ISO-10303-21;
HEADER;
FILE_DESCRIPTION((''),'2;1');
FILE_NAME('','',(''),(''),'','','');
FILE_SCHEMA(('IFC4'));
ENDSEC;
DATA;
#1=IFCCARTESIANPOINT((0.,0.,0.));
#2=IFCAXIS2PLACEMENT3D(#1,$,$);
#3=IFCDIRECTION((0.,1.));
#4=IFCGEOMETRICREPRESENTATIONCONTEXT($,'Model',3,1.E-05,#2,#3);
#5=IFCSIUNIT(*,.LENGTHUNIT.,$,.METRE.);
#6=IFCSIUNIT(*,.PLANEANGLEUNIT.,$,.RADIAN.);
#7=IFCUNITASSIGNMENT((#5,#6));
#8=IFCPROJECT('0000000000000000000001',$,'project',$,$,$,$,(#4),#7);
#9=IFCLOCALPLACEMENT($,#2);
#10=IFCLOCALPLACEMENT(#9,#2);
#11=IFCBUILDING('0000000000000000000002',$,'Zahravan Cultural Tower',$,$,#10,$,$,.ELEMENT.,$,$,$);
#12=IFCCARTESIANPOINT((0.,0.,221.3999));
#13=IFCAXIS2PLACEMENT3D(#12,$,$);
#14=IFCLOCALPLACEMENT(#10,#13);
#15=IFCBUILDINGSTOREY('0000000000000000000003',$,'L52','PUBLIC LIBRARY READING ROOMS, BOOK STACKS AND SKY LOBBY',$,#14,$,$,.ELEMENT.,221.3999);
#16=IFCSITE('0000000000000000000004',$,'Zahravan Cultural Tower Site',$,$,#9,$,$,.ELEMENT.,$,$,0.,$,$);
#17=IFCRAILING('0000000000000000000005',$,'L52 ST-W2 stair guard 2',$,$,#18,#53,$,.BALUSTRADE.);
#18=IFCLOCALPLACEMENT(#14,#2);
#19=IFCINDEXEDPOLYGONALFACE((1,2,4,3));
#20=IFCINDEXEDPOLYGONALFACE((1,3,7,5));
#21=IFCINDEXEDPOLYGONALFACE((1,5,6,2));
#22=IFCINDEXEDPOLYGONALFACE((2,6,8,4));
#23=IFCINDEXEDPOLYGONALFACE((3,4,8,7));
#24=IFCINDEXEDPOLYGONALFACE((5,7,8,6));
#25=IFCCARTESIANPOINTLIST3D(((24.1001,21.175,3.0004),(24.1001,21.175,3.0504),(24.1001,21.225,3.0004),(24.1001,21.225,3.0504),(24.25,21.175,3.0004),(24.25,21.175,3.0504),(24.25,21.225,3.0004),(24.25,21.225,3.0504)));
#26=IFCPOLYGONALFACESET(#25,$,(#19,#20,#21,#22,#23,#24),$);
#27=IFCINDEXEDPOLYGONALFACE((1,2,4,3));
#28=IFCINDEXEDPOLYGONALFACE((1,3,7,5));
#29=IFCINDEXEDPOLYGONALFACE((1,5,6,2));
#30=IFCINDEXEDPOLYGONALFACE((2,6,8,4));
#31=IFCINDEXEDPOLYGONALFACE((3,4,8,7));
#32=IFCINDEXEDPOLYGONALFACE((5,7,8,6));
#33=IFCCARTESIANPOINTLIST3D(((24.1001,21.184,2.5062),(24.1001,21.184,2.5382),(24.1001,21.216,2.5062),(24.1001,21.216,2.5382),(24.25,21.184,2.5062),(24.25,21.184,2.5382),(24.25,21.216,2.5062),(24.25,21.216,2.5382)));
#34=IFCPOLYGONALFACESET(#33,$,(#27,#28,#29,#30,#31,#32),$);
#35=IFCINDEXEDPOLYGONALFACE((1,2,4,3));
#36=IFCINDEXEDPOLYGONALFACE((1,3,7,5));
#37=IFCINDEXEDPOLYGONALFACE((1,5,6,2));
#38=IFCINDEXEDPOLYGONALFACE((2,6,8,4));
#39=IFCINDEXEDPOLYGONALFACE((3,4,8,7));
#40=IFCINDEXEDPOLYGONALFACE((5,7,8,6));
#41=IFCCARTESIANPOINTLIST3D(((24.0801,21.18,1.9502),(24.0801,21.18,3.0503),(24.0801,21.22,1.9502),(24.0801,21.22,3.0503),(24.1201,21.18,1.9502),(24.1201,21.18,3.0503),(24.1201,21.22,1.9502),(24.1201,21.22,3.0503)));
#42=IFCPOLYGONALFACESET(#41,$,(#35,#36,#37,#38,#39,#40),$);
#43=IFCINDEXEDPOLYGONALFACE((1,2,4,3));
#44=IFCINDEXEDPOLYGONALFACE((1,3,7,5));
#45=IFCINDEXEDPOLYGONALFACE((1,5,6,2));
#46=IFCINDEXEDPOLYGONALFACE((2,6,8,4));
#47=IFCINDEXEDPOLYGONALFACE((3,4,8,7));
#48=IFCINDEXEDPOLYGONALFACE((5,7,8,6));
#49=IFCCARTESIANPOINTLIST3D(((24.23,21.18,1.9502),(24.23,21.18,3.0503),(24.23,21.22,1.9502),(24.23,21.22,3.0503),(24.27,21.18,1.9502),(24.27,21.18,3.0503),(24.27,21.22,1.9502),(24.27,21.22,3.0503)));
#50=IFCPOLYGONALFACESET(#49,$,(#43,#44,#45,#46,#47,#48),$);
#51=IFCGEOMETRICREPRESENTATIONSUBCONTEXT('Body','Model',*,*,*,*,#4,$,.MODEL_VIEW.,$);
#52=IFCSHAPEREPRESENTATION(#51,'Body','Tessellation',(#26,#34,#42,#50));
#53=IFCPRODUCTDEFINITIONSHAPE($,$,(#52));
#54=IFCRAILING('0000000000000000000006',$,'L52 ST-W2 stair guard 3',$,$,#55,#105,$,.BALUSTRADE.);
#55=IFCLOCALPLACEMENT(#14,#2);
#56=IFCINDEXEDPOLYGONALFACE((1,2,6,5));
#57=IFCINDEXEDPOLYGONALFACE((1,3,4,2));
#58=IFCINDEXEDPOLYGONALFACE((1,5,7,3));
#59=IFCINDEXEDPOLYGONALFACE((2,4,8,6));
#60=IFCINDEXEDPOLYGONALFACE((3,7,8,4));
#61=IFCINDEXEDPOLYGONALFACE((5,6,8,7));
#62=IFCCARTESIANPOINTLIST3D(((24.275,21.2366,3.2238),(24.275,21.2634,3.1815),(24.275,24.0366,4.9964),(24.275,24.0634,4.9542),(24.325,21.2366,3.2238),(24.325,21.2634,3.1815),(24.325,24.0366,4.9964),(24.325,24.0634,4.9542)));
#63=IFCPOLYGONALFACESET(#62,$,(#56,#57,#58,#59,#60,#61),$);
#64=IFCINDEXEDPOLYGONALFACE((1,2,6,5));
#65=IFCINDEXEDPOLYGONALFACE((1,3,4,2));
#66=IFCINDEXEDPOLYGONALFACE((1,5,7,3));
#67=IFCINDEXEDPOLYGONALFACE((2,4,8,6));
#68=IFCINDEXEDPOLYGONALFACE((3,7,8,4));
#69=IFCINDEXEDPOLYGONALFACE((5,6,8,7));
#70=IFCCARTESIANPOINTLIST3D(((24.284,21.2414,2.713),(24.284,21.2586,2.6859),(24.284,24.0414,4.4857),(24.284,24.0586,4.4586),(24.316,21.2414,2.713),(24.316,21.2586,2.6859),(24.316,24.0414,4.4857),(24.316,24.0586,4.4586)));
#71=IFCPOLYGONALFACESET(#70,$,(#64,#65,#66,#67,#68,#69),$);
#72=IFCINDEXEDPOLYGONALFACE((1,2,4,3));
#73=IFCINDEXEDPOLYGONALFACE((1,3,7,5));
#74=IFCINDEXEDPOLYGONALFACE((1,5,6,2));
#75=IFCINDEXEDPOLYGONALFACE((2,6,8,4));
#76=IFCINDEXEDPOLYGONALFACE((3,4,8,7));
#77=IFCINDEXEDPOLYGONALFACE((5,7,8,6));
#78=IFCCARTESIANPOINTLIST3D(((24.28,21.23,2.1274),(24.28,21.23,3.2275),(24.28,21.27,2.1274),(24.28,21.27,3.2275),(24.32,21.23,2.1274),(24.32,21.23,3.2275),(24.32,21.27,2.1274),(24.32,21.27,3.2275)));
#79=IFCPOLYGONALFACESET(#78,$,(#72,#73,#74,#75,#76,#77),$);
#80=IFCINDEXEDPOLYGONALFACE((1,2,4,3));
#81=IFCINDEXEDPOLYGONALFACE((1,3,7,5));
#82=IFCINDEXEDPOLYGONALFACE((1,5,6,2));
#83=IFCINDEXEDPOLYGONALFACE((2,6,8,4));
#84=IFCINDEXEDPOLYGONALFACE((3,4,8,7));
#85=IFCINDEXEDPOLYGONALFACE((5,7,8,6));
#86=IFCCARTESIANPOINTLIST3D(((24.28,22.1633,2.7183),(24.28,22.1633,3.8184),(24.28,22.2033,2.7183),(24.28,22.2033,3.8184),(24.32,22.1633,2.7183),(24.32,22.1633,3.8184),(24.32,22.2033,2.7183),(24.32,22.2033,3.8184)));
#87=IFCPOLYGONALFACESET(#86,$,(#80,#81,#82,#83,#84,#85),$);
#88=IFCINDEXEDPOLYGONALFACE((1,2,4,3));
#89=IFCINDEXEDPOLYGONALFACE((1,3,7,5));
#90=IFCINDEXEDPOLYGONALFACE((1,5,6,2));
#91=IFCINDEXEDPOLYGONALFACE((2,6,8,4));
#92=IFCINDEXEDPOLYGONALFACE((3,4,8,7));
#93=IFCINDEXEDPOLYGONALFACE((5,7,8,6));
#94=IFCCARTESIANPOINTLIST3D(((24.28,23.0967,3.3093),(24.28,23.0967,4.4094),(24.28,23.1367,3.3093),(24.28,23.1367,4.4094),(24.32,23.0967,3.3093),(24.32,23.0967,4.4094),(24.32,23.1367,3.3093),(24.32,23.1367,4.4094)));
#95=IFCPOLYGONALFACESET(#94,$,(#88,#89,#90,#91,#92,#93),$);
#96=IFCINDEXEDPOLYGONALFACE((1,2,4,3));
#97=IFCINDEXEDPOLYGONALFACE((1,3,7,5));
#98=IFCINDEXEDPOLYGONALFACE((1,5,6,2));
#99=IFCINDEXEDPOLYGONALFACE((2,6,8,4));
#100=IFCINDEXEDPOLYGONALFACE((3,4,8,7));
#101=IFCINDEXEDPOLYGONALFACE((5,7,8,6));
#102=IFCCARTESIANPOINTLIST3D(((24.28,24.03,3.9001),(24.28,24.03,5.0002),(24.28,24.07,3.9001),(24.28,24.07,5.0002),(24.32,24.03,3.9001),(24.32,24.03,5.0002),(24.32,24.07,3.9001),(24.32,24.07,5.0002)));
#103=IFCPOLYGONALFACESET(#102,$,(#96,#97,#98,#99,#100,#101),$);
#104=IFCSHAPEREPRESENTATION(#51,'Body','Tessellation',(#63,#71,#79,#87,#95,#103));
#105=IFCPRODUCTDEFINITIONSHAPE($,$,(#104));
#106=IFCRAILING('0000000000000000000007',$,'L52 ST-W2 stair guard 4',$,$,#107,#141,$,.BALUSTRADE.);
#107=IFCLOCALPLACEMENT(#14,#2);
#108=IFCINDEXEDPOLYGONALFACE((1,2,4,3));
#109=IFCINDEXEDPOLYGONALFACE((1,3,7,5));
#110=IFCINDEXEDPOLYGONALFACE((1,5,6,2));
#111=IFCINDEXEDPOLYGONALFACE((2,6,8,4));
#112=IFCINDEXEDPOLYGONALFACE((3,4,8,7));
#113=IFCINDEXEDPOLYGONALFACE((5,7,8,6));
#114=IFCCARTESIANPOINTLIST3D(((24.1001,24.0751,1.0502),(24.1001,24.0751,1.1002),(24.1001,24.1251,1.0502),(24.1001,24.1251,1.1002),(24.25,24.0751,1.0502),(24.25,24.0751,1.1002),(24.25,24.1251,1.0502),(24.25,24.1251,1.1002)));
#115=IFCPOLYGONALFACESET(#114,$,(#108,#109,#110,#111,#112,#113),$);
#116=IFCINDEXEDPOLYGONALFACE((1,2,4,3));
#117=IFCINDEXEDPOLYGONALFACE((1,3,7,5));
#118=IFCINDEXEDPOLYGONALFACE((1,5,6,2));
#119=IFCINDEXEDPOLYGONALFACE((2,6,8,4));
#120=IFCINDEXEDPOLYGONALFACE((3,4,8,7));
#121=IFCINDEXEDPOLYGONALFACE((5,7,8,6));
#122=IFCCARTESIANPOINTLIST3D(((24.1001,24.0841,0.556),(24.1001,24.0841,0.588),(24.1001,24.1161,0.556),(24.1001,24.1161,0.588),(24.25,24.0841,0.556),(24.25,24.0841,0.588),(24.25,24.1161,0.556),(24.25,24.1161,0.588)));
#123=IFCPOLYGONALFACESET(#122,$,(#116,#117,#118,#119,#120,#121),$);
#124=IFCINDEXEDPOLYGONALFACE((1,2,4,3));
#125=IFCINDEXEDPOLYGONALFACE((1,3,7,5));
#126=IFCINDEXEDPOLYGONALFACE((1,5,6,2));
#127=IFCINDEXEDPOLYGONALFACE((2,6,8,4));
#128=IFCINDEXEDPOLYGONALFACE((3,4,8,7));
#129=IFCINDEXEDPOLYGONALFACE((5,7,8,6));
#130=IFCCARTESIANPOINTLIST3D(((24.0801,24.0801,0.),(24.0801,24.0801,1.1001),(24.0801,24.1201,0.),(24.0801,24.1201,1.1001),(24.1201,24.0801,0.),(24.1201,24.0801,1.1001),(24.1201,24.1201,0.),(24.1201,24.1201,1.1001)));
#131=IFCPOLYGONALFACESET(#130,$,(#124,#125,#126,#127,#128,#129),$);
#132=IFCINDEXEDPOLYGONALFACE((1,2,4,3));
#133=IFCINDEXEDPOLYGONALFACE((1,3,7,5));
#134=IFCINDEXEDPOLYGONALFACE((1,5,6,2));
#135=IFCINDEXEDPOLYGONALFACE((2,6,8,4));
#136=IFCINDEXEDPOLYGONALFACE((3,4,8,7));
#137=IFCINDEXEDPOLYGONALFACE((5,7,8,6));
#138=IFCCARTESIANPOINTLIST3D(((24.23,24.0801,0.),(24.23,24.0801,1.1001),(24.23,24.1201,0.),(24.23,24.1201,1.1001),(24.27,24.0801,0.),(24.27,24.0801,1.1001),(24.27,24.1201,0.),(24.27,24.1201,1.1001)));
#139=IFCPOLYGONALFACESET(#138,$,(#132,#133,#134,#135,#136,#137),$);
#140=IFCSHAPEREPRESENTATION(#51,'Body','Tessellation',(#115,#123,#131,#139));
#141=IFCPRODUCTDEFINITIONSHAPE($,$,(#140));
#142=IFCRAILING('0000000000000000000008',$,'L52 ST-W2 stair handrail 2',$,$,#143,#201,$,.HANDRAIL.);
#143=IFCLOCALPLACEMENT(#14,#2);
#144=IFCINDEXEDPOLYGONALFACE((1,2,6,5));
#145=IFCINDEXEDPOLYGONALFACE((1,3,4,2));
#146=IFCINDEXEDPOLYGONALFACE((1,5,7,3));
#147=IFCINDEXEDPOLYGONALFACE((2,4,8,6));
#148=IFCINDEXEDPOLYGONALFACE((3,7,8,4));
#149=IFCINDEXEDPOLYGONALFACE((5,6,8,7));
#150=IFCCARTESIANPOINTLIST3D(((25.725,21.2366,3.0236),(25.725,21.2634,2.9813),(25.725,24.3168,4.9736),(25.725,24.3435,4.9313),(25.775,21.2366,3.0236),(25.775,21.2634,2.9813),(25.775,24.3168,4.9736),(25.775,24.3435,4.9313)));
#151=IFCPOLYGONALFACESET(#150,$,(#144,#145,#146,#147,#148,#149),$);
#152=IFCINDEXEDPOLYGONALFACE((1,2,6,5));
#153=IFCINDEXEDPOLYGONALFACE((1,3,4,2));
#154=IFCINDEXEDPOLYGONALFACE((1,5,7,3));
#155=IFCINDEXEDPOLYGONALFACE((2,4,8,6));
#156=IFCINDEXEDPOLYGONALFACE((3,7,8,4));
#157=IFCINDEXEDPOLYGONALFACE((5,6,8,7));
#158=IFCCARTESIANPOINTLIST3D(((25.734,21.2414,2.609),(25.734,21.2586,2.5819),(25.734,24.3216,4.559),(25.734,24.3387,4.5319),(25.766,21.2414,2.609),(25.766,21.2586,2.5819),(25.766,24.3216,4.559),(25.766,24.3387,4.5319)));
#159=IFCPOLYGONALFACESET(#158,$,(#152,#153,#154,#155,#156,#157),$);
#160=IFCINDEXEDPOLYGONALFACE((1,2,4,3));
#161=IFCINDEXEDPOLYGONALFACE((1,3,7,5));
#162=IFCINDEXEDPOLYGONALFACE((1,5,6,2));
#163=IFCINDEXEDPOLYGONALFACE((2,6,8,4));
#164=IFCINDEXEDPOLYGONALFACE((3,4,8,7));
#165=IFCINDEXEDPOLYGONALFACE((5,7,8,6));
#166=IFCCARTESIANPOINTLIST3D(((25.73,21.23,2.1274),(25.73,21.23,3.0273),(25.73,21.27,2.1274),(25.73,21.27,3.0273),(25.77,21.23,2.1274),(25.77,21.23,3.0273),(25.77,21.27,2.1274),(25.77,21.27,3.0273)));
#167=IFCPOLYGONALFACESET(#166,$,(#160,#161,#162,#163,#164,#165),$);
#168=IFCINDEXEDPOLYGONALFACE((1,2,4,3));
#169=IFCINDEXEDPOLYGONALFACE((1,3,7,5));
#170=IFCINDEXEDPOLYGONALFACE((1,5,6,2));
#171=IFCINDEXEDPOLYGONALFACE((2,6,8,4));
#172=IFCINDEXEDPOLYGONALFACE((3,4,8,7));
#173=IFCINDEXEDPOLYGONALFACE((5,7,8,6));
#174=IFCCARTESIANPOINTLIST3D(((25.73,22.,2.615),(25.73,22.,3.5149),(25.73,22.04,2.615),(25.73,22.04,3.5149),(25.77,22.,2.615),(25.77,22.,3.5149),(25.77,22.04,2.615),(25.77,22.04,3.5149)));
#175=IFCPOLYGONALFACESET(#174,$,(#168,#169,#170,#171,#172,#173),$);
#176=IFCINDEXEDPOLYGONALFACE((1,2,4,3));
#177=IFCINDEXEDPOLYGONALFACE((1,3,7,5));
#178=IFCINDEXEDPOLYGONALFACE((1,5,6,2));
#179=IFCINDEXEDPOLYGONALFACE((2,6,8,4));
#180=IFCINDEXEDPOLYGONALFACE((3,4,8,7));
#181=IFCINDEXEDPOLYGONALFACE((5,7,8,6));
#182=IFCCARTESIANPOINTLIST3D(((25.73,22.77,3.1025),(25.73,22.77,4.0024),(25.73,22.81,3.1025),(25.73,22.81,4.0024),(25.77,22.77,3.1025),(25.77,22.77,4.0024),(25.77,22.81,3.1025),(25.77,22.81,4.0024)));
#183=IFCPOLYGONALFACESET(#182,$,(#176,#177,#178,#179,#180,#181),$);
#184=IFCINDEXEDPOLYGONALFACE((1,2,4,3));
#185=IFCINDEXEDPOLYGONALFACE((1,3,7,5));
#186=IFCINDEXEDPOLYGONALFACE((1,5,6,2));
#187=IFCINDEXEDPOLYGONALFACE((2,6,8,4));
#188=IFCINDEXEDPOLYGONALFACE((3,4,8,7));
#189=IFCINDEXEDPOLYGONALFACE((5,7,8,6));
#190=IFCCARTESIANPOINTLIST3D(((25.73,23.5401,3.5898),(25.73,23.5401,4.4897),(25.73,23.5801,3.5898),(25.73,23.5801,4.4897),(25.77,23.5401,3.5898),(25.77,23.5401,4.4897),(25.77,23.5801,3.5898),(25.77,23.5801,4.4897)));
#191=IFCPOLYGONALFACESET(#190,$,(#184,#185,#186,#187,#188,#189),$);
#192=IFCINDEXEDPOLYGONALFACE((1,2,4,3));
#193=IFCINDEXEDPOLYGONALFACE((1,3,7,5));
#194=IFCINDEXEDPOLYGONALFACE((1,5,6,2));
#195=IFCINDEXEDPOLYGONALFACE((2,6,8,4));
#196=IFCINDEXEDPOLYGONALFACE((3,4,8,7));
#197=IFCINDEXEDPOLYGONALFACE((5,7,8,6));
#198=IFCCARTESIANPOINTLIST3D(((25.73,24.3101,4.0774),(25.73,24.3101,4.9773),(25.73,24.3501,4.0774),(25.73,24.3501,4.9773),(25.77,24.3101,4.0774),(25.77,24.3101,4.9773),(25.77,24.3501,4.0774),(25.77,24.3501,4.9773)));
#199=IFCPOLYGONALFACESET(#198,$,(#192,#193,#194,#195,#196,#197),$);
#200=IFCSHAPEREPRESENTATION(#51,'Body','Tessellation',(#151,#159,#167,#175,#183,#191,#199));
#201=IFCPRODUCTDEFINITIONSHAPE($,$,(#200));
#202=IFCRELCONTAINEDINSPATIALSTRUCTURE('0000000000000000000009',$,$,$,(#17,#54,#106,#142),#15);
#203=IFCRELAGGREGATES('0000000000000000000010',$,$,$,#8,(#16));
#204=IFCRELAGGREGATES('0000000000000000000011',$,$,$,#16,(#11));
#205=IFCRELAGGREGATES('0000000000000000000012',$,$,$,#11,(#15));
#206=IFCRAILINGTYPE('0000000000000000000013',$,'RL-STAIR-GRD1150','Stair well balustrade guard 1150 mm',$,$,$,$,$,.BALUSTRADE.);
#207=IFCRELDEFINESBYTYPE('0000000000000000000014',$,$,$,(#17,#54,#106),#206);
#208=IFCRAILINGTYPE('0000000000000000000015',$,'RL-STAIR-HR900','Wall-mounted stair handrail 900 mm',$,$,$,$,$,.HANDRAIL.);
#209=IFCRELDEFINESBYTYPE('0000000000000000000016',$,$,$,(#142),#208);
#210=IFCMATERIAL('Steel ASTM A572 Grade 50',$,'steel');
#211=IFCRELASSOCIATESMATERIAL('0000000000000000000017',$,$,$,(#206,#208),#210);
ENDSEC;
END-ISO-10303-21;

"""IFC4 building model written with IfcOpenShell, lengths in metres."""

from ifc_helpers import new_model, si_unit, direction, frame, origin, origin_2d, place, context, subcontext, project, spatial, rectangle, extrude, material, type_object, element, save


model = new_model("IFC4")

# Units and contexts
model_context = context("Model", 3, precision=1e-05, world=origin(), true_north=direction((0.0, 1.0)))
body_context = subcontext(model_context, "Body", "Model", "MODEL_VIEW")
ifc_project = project(units=[si_unit("LENGTHUNIT", "METRE"), si_unit("PLANEANGLEUNIT", "RADIAN")], contexts=[model_context])

# Site, building, storey
site_placement = place(None, origin())
site = spatial("IfcSite", under=ifc_project, at=site_placement, Name="Zahravan Cultural Tower Site", CompositionType="ELEMENT", RefElevation=0.0)
building_placement = place(site_placement, origin())
building = spatial("IfcBuilding", under=site, at=building_placement, Name="Zahravan Cultural Tower", CompositionType="ELEMENT")
storey_placement = place(building_placement, frame((0.0, 0.0, 221.3999)))
storey = spatial("IfcBuildingStorey", under=building, at=storey_placement, Name="L52", Description="PUBLIC LIBRARY READING ROOMS, BOOK STACKS AND SKY LOBBY", CompositionType="ELEMENT", Elevation=221.3999)

# Shared definitions
ifc_material_1 = material(Name="Steel ASTM A572 Grade 50", Category="steel")

# Railings
railing_type_1 = type_object("IfcRailingType", Name="RL-STAIR-GRD1150", Description="Stair well balustrade guard 1150 mm", PredefinedType="BALUSTRADE", material=ifc_material_1)
railing_1_placement = place(storey_placement, frame((24.1001, 21.2, 1.9502)))
element("IfcRailing", 1, at=railing_1_placement, inside=storey, type_object=railing_type_1, Name="L52 ST-W2 stair guard 2", PredefinedType="BALUSTRADE", context=body_context, shape_type="SweptSolid", body=[
    extrude(rectangle(XDim=0.05, YDim=0.05, at=origin_2d()), frame((0.0, 0.0, 1.0752), z_axis=(1.0, 0.0, 0.0), x_axis=(0.0, 1.0, 0.0)), (0.0, 0.0, 1.0), 0.1499),
    extrude(rectangle(XDim=0.032, YDim=0.032, at=origin_2d()), frame((0.0, 0.0, 0.572), z_axis=(1.0, 0.0, 0.0), x_axis=(0.0, 1.0, 0.0)), (0.0, 0.0, 1.0), 0.1499),
    extrude(rectangle(XDim=0.04, YDim=0.04, at=origin_2d()), origin(), (0.0, 0.0, 1.0), 1.1001),
    extrude(rectangle(XDim=0.04, YDim=0.04, at=origin_2d()), frame((0.1499, 0.0, 0.0)), (0.0, 0.0, 1.0), 1.1001),
])
railing_2_placement = place(storey_placement, frame((24.3, 21.25, 2.1274)))
element("IfcRailing", 2, at=railing_2_placement, inside=storey, type_object=railing_type_1, Name="L52 ST-W2 stair guard 3", PredefinedType="BALUSTRADE", context=body_context, shape_type="SweptSolid", body=[
    extrude(rectangle(XDim=0.05, YDim=0.05, at=origin_2d()), frame((0.0, 0.0, 1.0752), z_axis=(0.0, 0.844909, 0.53491), x_axis=(-1.0, 0.0, 0.0)), (0.0, 0.0, 1.0), 3.314),
    extrude(rectangle(XDim=0.032, YDim=0.032, at=origin_2d()), frame((0.0, 0.0, 0.572), z_axis=(0.0, 0.844909, 0.53491), x_axis=(-1.0, 0.0, 0.0)), (0.0, 0.0, 1.0), 3.314),
    extrude(rectangle(XDim=0.04, YDim=0.04, at=origin_2d()), origin(), (0.0, 0.0, 1.0), 1.1001),
    extrude(rectangle(XDim=0.04, YDim=0.04, at=origin_2d()), frame((0.0, 0.9333, 0.5908)), (0.0, 0.0, 1.0), 1.1001),
    extrude(rectangle(XDim=0.04, YDim=0.04, at=origin_2d()), frame((0.0, 1.8667, 1.1819)), (0.0, 0.0, 1.0), 1.1001),
    extrude(rectangle(XDim=0.04, YDim=0.04, at=origin_2d()), frame((0.0, 2.8, 1.7727)), (0.0, 0.0, 1.0), 1.1001),
])
railing_3_placement = place(storey_placement, frame((24.1001, 24.1001, 0.0)))
element("IfcRailing", 3, at=railing_3_placement, inside=storey, type_object=railing_type_1, Name="L52 ST-W2 stair guard 4", PredefinedType="BALUSTRADE", context=body_context, shape_type="SweptSolid", body=[
    extrude(rectangle(XDim=0.05, YDim=0.05, at=origin_2d()), frame((0.0, 0.0, 1.0752), z_axis=(1.0, 0.0, 0.0), x_axis=(0.0, 1.0, 0.0)), (0.0, 0.0, 1.0), 0.1499),
    extrude(rectangle(XDim=0.032, YDim=0.032, at=origin_2d()), frame((0.0, 0.0, 0.572), z_axis=(1.0, 0.0, 0.0), x_axis=(0.0, 1.0, 0.0)), (0.0, 0.0, 1.0), 0.1499),
    extrude(rectangle(XDim=0.04, YDim=0.04, at=origin_2d()), origin(), (0.0, 0.0, 1.0), 1.1001),
    extrude(rectangle(XDim=0.04, YDim=0.04, at=origin_2d()), frame((0.1499, 0.0, 0.0)), (0.0, 0.0, 1.0), 1.1001),
])
railing_type_2 = type_object("IfcRailingType", Name="RL-STAIR-HR900", Description="Wall-mounted stair handrail 900 mm", PredefinedType="HANDRAIL", material=ifc_material_1)
railing_4_placement = place(storey_placement, frame((25.75, 21.25, 2.1274)))
element("IfcRailing", 4, at=railing_4_placement, inside=storey, type_object=railing_type_2, Name="L52 ST-W2 stair handrail 2", PredefinedType="HANDRAIL", context=body_context, shape_type="SweptSolid", body=[
    extrude(rectangle(XDim=0.05, YDim=0.05, at=origin_2d()), frame((0.0, 0.0, 0.875), z_axis=(0.0, 0.844914, 0.534902), x_axis=(-1.0, 0.0, 0.0)), (0.0, 0.0, 1.0), 3.6455),
    extrude(rectangle(XDim=0.032, YDim=0.032, at=origin_2d()), frame((0.0, 0.0, 0.468), z_axis=(0.0, 0.844914, 0.534902), x_axis=(-1.0, 0.0, 0.0)), (0.0, 0.0, 1.0), 3.6455),
    extrude(rectangle(XDim=0.04, YDim=0.04, at=origin_2d()), origin(), (0.0, 0.0, 1.0), 0.8999),
    extrude(rectangle(XDim=0.04, YDim=0.04, at=origin_2d()), frame((0.0, 0.77, 0.4875)), (0.0, 0.0, 1.0), 0.8999),
    extrude(rectangle(XDim=0.04, YDim=0.04, at=origin_2d()), frame((0.0, 1.54, 0.9751)), (0.0, 0.0, 1.0), 0.8999),
    extrude(rectangle(XDim=0.04, YDim=0.04, at=origin_2d()), frame((0.0, 2.3101, 1.4624)), (0.0, 0.0, 1.0), 0.8999),
    extrude(rectangle(XDim=0.04, YDim=0.04, at=origin_2d()), frame((0.0, 3.0801, 1.95)), (0.0, 0.0, 1.0), 0.8999),
])

save(model, "model.ifc")
